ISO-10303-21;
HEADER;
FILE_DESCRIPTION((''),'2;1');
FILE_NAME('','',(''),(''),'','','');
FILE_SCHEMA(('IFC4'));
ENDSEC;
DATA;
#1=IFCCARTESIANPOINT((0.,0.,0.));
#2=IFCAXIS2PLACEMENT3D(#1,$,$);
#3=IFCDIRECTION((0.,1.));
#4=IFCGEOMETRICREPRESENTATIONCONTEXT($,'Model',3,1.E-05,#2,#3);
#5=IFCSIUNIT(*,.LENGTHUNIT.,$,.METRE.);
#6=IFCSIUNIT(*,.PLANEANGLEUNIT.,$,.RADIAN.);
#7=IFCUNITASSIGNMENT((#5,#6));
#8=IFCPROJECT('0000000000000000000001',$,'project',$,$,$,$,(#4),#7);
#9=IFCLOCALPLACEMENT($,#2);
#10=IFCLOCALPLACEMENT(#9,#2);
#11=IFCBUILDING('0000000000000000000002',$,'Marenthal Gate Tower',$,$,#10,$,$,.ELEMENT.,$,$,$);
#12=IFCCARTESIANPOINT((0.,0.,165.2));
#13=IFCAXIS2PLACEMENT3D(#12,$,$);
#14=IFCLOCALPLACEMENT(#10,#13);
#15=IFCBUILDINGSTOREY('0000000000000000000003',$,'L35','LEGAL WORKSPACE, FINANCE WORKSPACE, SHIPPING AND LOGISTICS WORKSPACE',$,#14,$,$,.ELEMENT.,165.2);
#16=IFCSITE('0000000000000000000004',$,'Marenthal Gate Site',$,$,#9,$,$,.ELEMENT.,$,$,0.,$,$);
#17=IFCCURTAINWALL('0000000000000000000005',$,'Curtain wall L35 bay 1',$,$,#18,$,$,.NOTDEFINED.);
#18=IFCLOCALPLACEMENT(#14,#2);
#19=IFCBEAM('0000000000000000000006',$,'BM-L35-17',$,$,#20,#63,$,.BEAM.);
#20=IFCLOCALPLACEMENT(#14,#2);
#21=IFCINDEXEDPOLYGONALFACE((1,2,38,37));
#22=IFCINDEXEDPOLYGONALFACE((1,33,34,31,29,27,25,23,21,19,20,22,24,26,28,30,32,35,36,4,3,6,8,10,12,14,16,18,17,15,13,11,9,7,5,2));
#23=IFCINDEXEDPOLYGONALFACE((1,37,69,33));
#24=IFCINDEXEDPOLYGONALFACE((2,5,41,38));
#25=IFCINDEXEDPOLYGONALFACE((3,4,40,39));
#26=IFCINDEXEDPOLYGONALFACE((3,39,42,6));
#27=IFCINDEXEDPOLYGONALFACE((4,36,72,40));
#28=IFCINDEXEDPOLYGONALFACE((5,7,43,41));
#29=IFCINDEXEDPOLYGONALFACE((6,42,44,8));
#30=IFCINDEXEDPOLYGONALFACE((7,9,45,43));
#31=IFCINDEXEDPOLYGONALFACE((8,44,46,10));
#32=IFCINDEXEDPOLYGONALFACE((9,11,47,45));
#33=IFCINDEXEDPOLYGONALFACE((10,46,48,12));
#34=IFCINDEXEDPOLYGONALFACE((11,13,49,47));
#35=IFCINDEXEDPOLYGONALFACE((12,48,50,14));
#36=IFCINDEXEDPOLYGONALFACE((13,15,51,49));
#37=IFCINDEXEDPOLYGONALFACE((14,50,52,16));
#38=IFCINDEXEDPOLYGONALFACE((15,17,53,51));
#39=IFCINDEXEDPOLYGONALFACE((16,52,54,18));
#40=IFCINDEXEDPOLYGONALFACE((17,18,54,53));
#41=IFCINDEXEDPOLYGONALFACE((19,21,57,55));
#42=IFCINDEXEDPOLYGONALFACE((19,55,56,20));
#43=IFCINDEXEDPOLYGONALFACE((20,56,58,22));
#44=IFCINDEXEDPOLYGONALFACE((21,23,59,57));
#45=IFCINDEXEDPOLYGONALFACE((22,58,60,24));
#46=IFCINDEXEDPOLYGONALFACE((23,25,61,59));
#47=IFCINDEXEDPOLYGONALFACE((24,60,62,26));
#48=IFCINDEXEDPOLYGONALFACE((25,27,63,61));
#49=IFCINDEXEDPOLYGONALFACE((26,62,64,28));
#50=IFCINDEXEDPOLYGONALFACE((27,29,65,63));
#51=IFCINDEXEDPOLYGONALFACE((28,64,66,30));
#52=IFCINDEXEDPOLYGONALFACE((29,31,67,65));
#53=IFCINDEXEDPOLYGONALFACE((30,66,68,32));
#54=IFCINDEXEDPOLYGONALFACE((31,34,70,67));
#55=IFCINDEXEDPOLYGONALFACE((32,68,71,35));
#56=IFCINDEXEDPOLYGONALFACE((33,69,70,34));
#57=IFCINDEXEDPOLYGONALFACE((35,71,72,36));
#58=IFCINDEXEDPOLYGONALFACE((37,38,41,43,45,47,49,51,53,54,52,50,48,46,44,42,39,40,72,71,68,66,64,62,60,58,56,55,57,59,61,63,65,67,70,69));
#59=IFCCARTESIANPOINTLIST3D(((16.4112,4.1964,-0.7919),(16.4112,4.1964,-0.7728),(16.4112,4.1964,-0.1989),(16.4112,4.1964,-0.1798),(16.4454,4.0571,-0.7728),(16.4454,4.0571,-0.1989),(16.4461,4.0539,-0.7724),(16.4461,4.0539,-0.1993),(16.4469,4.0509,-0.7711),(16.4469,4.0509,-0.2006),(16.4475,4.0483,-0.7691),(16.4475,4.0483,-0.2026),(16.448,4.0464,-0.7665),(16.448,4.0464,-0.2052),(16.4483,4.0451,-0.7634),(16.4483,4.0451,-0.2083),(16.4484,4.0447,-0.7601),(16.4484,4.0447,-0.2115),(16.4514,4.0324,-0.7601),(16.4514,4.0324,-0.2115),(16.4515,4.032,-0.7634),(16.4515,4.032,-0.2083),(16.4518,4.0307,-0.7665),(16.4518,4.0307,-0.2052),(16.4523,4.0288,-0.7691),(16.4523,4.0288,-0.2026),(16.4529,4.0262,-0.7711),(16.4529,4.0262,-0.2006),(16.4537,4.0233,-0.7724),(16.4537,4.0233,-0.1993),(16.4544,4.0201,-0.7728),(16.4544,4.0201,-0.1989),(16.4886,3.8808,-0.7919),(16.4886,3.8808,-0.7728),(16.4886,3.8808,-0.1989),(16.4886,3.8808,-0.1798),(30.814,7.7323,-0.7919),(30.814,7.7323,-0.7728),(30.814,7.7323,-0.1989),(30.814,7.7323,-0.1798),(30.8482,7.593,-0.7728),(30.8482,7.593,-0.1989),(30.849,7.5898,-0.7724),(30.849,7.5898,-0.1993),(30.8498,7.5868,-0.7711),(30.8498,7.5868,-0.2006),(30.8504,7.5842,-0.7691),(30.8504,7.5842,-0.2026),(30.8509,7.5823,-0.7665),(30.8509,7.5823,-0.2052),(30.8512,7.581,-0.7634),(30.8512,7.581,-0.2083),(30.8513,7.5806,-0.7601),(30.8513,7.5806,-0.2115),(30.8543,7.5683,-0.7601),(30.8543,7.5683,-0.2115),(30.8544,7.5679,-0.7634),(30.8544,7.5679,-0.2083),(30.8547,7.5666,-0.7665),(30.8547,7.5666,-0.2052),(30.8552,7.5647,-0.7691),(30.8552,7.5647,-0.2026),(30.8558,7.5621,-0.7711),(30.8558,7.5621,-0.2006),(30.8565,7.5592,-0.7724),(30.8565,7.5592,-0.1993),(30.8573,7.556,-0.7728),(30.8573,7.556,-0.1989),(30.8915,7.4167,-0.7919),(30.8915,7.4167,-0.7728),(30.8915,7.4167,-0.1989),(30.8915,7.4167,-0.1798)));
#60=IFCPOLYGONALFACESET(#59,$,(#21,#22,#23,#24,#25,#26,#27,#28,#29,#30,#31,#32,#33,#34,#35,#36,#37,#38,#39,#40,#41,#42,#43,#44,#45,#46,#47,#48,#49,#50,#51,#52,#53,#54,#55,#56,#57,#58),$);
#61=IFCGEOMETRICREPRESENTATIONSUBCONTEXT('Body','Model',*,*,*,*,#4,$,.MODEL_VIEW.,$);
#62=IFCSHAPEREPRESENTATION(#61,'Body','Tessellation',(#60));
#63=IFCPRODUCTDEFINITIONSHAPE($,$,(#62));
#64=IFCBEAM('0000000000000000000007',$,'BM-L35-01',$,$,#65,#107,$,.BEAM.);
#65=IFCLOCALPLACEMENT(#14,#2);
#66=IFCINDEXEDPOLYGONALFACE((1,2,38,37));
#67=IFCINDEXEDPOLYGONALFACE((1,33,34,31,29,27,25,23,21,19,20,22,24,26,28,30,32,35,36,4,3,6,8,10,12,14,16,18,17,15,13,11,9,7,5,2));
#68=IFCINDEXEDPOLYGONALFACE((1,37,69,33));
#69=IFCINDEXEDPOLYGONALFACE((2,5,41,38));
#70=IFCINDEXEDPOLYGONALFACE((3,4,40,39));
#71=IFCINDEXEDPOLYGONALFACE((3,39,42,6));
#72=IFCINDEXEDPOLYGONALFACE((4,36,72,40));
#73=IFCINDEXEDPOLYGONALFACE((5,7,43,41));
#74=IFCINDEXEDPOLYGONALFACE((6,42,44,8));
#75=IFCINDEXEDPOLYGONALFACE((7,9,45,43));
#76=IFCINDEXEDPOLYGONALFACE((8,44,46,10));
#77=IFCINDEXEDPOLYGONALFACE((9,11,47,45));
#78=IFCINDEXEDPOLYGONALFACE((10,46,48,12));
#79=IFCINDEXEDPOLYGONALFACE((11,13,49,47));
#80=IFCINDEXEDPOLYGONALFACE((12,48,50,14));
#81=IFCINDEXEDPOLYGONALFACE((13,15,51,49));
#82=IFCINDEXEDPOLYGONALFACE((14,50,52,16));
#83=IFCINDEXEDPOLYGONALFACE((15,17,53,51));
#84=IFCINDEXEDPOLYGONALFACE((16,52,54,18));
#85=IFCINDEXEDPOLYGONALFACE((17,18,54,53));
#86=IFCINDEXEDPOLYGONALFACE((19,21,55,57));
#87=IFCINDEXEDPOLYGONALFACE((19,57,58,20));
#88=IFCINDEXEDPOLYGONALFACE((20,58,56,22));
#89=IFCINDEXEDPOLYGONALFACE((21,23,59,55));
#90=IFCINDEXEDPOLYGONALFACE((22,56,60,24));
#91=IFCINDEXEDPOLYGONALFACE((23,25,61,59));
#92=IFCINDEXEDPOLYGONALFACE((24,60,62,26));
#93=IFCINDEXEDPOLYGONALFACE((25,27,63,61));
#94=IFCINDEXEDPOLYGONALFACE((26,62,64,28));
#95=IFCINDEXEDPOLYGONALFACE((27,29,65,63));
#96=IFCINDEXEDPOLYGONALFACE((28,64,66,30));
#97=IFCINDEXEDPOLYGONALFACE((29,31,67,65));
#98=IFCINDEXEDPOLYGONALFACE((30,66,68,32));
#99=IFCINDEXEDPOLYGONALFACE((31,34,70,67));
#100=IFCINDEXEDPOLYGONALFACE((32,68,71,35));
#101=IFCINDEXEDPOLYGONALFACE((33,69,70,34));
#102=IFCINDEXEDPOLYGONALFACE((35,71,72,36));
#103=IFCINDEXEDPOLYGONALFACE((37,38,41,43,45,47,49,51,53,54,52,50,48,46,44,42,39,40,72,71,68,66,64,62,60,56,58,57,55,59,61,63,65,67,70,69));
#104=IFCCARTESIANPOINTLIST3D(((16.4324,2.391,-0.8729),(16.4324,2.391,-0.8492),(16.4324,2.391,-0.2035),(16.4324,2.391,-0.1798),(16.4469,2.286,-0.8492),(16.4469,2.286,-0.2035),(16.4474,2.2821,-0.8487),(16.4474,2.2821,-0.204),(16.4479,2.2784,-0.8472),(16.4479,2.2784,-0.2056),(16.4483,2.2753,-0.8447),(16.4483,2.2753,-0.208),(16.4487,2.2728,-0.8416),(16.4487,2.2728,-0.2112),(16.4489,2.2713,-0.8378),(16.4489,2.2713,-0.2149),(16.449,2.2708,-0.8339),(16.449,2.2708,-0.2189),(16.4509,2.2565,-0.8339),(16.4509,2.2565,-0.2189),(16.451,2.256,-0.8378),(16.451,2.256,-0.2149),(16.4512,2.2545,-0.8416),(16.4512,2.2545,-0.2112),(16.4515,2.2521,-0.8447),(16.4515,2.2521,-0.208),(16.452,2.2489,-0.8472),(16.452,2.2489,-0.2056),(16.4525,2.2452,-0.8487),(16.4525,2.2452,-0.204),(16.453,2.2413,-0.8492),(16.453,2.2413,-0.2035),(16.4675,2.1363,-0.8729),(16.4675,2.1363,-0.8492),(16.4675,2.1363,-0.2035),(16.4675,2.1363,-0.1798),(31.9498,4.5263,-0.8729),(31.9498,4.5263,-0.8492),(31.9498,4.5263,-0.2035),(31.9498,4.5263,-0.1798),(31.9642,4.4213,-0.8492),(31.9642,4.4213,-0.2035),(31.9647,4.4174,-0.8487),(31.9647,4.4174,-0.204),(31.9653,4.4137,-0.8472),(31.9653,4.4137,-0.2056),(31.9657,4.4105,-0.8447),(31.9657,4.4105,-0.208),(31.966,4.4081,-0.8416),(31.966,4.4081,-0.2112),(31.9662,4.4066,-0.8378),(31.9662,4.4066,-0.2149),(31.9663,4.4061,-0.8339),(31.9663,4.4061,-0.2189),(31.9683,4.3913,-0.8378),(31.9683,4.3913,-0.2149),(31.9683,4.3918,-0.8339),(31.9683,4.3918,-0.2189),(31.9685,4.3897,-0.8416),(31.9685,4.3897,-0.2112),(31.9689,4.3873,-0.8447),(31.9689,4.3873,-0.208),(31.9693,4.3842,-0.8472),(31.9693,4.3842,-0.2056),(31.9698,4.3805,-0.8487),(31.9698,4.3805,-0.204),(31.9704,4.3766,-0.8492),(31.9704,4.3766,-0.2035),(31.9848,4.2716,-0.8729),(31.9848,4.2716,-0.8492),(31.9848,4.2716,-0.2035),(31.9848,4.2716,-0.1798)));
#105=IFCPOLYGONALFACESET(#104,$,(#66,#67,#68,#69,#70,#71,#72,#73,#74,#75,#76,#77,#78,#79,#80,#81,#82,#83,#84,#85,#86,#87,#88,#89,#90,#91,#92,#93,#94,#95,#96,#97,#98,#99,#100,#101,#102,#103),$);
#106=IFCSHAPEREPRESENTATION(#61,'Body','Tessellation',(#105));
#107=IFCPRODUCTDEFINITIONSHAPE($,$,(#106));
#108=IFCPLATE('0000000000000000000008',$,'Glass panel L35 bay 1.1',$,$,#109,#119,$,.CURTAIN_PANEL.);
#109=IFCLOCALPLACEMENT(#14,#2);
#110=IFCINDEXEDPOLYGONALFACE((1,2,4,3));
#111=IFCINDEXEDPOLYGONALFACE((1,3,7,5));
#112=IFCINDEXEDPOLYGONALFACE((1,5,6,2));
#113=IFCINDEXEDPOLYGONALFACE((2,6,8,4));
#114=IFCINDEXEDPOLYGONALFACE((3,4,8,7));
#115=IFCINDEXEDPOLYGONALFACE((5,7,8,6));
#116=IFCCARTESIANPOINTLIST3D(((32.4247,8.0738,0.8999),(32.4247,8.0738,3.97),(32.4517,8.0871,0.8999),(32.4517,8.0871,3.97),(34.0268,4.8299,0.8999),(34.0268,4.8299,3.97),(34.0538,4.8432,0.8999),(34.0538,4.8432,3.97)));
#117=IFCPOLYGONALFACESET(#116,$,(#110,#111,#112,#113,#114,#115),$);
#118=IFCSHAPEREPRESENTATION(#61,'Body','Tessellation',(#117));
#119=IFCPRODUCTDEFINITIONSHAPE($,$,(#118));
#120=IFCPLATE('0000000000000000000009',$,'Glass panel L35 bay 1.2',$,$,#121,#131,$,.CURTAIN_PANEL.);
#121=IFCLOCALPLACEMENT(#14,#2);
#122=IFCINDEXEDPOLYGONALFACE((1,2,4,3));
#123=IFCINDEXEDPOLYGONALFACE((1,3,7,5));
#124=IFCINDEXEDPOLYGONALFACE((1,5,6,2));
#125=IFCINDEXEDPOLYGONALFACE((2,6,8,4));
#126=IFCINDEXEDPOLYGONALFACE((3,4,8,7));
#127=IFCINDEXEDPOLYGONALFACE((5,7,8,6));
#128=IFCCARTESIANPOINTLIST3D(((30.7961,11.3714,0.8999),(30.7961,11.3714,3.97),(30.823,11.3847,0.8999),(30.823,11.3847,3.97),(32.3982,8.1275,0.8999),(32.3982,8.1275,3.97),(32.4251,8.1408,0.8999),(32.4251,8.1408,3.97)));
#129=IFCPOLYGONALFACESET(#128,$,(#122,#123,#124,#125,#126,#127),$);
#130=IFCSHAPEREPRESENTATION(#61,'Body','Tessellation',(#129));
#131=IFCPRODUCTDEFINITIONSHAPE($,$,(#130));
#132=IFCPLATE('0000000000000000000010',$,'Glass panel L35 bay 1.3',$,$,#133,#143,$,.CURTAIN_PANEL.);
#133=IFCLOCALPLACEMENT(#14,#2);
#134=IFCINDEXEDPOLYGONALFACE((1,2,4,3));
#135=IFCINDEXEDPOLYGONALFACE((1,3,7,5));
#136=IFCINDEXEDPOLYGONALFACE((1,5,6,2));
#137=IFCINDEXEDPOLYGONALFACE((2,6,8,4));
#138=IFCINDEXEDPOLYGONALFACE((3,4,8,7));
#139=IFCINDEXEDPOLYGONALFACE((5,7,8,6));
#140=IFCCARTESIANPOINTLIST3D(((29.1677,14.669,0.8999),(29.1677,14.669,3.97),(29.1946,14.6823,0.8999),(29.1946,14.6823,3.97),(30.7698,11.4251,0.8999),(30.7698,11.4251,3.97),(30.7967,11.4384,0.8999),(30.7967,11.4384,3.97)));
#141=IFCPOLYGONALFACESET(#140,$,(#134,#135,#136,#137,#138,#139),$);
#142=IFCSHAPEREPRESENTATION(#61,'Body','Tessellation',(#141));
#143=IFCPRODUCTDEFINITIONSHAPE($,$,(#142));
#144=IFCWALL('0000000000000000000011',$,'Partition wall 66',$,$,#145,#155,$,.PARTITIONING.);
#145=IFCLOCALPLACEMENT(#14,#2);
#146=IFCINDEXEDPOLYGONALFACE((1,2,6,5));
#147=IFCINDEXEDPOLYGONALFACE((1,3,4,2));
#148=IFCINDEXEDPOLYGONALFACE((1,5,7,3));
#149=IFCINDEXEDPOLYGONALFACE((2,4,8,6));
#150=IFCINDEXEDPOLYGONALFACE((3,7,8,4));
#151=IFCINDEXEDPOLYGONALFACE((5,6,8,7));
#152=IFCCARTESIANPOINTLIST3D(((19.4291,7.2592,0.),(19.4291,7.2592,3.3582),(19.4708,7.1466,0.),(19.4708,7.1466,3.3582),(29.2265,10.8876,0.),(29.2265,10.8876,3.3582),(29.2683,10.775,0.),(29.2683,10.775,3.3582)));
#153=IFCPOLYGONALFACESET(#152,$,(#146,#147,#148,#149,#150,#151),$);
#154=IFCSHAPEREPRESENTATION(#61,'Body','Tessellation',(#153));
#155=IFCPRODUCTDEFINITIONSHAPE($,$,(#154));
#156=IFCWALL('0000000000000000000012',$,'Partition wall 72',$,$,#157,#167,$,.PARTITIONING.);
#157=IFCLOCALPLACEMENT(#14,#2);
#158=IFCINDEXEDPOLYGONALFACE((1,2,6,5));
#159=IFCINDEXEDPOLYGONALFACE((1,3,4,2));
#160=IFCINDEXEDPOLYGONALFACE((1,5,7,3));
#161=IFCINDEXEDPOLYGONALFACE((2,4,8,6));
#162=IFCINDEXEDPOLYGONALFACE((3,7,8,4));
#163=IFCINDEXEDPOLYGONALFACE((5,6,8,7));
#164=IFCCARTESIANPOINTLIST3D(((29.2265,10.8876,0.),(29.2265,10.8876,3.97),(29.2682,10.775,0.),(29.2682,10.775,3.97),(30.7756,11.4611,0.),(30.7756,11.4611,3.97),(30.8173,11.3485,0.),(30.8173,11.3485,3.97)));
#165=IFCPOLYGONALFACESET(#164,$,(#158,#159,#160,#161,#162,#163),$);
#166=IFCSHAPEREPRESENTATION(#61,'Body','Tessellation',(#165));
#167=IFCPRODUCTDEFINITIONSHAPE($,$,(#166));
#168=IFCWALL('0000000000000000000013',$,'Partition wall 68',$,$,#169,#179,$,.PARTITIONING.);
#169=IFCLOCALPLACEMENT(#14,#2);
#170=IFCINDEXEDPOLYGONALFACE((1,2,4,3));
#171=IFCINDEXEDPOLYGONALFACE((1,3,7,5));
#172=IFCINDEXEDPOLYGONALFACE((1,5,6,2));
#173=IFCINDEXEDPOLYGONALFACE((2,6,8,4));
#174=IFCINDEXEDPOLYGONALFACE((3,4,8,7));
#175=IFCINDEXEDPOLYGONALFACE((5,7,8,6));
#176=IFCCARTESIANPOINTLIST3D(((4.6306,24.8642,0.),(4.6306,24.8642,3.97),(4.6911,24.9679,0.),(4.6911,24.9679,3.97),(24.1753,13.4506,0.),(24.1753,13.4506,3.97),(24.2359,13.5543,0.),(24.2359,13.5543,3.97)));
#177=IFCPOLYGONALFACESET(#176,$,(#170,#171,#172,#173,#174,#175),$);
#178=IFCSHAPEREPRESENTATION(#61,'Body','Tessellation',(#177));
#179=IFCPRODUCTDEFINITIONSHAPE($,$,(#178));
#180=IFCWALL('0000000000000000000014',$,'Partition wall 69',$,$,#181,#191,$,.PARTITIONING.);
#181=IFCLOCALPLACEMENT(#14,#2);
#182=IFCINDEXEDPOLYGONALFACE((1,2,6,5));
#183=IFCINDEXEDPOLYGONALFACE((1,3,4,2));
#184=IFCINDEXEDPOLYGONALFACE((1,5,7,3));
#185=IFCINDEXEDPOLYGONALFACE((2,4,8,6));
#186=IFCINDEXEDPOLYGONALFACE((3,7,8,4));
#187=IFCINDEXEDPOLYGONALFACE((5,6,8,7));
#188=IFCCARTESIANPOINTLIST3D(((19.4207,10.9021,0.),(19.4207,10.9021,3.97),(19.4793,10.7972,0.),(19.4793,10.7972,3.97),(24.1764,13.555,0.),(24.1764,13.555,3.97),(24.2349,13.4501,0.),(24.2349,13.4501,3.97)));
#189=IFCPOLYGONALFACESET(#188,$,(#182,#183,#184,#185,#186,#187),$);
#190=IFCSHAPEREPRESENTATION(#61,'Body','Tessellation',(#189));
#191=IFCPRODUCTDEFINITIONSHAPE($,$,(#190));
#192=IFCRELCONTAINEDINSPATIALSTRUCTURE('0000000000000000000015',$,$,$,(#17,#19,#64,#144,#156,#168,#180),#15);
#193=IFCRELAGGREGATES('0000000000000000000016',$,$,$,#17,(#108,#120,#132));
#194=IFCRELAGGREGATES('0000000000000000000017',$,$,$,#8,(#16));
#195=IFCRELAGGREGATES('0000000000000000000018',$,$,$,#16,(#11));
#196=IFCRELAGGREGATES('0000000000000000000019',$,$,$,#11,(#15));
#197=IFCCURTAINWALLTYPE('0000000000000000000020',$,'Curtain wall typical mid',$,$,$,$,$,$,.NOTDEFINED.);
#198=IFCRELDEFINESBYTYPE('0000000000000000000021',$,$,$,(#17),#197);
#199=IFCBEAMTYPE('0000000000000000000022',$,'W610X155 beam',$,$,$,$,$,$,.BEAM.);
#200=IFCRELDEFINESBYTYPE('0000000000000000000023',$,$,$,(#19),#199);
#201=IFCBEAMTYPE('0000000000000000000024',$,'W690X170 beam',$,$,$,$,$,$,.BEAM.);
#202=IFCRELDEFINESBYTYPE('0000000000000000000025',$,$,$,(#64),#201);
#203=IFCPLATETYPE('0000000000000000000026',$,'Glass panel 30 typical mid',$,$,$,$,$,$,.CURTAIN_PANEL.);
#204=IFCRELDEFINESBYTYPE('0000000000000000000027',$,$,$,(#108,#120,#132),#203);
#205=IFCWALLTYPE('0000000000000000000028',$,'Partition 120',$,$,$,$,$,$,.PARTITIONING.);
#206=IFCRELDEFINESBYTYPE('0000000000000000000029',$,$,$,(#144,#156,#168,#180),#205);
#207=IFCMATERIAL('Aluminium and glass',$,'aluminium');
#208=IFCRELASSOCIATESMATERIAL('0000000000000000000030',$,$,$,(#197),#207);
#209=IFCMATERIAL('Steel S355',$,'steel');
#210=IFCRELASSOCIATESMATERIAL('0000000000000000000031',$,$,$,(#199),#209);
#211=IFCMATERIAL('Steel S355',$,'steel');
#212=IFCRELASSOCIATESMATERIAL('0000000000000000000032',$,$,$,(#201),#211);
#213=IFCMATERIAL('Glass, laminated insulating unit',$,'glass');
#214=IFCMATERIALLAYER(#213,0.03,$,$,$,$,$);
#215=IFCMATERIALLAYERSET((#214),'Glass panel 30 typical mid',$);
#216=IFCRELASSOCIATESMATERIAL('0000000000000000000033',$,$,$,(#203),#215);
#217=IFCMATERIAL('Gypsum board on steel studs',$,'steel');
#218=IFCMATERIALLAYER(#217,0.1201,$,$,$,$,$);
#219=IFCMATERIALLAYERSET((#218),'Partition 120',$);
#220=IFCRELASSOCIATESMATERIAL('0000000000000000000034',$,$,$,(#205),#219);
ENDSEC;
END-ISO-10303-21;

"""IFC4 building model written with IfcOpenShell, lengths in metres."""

from ifc_helpers import new_model, si_unit, direction, frame, frame_2d, origin, origin_2d, place, context, subcontext, project, spatial, rectangle, i_section, extrude, material, layer, layer_set, material_profile, profile_set, type_object, element, aggregate, save


model = new_model("IFC4")

# Units and contexts
model_context = context("Model", 3, precision=1e-05, world=origin(), true_north=direction((0.0, 1.0)))
body_context = subcontext(model_context, "Body", "Model", "MODEL_VIEW")
ifc_project = project(units=[si_unit("LENGTHUNIT", "METRE"), si_unit("PLANEANGLEUNIT", "RADIAN")], contexts=[model_context])

# Site, building, storey
site_placement = place(None, origin())
site = spatial("IfcSite", under=ifc_project, at=site_placement, Name="Marenthal Gate Site", CompositionType="ELEMENT", RefElevation=0.0)
building_placement = place(site_placement, origin())
building = spatial("IfcBuilding", under=site, at=building_placement, Name="Marenthal Gate Tower", CompositionType="ELEMENT")
storey_placement = place(building_placement, frame((0.0, 0.0, 165.2)))
storey = spatial("IfcBuildingStorey", under=building, at=storey_placement, Name="L35", Description="LEGAL WORKSPACE, FINANCE WORKSPACE, SHIPPING AND LOGISTICS WORKSPACE", CompositionType="ELEMENT", Elevation=165.2)

# Curtain wall
ifc_material_1 = material(Name="Aluminium and glass", Category="aluminium")
curtain_wall_type = type_object("IfcCurtainWallType", Name="Curtain wall typical mid", PredefinedType="NOTDEFINED", material=ifc_material_1)
curtain_wall_placement = place(storey_placement, origin())
curtain_wall = element("IfcCurtainWall", 1, at=curtain_wall_placement, inside=storey, type_object=curtain_wall_type, Name="Curtain wall L35 bay 1", PredefinedType="NOTDEFINED")

# Beams
ifc_material_2 = material(Name="Steel S355", Category="steel")
ifc_material_profile_1 = material_profile(ifc_material_2, i_section(OverallWidth=0.325, OverallDepth=0.6121, WebThickness=0.0127, FlangeThickness=0.019, FilletRadius=0.0127, at=origin_2d()), Name="W610X155")
ifc_profile_set_1 = profile_set([ifc_material_profile_1], Name="Steel S355")
beam_type_1 = type_object("IfcBeamType", Name="W610X155 beam", PredefinedType="BEAM", material=ifc_profile_set_1)
beam_1_placement = place(storey_placement, frame((30.8528, 7.5745, -0.4858), z_axis=(-0.971162, -0.23842, 0.0), x_axis=(0.23842, -0.971162, 0.0)))
element("IfcBeam", 2, at=beam_1_placement, inside=storey, type_object=beam_type_1, Name="BM-L35-17", PredefinedType="BEAM", context=body_context, shape_type="SweptSolid", body=[
    extrude(i_section(OverallWidth=0.325, OverallDepth=0.6121, WebThickness=0.0127, FlangeThickness=0.019, FilletRadius=0.0127, at=origin_2d()), origin(), (0.0, 0.0, 1.0), 14.8306),
])
ifc_material_3 = material(Name="Steel S355", Category="steel")
ifc_material_profile_2 = material_profile(ifc_material_3, i_section(OverallWidth=0.2571, OverallDepth=0.6931, WebThickness=0.0144, FlangeThickness=0.0237, FilletRadius=0.0154, at=origin_2d()), Name="W690X170")
ifc_profile_set_2 = profile_set([ifc_material_profile_2], Name="Steel S355")
beam_type_2 = type_object("IfcBeamType", Name="W690X170 beam", PredefinedType="BEAM", material=ifc_profile_set_2)
beam_2_placement = place(storey_placement, frame((31.9673, 4.3989, -0.5264), z_axis=(-0.990665, -0.13632, 0.0), x_axis=(0.13632, -0.990665, 0.0)))
element("IfcBeam", 3, at=beam_2_placement, inside=storey, type_object=beam_type_2, Name="BM-L35-01", PredefinedType="BEAM", context=body_context, shape_type="SweptSolid", body=[
    extrude(i_section(OverallWidth=0.2571, OverallDepth=0.6931, WebThickness=0.0144, FlangeThickness=0.0237, FilletRadius=0.0154, at=origin_2d()), origin(), (0.0, 0.0, 1.0), 15.6636),
])

# Plates
ifc_material_4 = material(Name="Glass, laminated insulating unit", Category="glass")
ifc_layer_1 = layer(ifc_material_4, 0.03)
ifc_layer_set_1 = layer_set([ifc_layer_1], Name="Glass panel 30 typical mid")
plate_type = type_object("IfcPlateType", Name="Glass panel 30 typical mid", PredefinedType="CURTAIN_PANEL", material=ifc_layer_set_1)
plate_1_placement = place(storey_placement, frame((33.2393, 6.4585, 0.8999), z_axis=(0.0, 0.0, 1.0), x_axis=(-0.442824, 0.896609, 0.0)))
plate_1 = element("IfcPlate", 4, at=plate_1_placement, type_object=plate_type, Name="Glass panel L35 bay 1.1", PredefinedType="CURTAIN_PANEL", context=body_context, shape_type="SweptSolid", body=[
    extrude(rectangle(XDim=3.6179, YDim=0.03, at=origin_2d()), origin(), (0.0, 0.0, 1.0), 3.0701),
])
plate_2_placement = place(storey_placement, frame((31.6106, 9.7561, 0.8999), z_axis=(0.0, 0.0, 1.0), x_axis=(-0.442824, 0.896609, 0.0)))
plate_2 = element("IfcPlate", 5, at=plate_2_placement, type_object=plate_type, Name="Glass panel L35 bay 1.2", PredefinedType="CURTAIN_PANEL", context=body_context, shape_type="SweptSolid", body=[
    extrude(rectangle(XDim=3.6179, YDim=0.03, at=origin_2d()), origin(), (0.0, 0.0, 1.0), 3.0701),
])
plate_3_placement = place(storey_placement, frame((29.9822, 13.0537, 0.8999), z_axis=(0.0, 0.0, 1.0), x_axis=(-0.442824, 0.896609, 0.0)))
plate_3 = element("IfcPlate", 6, at=plate_3_placement, type_object=plate_type, Name="Glass panel L35 bay 1.3", PredefinedType="CURTAIN_PANEL", context=body_context, shape_type="SweptSolid", body=[
    extrude(rectangle(XDim=3.6179, YDim=0.03, at=origin_2d()), origin(), (0.0, 0.0, 1.0), 3.0701),
])
aggregate(curtain_wall, [plate_1, plate_2, plate_3])

# Walls
ifc_material_5 = material(Name="Gypsum board on steel studs", Category="steel")
ifc_layer_2 = layer(ifc_material_5, 0.1201)
ifc_layer_set_2 = layer_set([ifc_layer_2], Name="Partition 120")
wall_type = type_object("IfcWallType", Name="Partition 120", PredefinedType="PARTITIONING", material=ifc_layer_set_2)
wall_1_placement = place(storey_placement, frame((19.45, 7.2029, 0.0), z_axis=(0.0, 0.0, 1.0), x_axis=(0.937756, 0.347295, 0.0)))
element("IfcWall", 7, at=wall_1_placement, inside=storey, type_object=wall_type, Name="Partition wall 66", PredefinedType="PARTITIONING", context=body_context, shape_type="SweptSolid", body=[
    extrude(rectangle(XDim=10.4478, YDim=0.1201, at=frame_2d((5.2239, 0.0))), origin(), (0.0, 0.0, 1.0), 3.3582),
])
wall_2_placement = place(storey_placement, frame((29.2473, 10.8313, 0.0), z_axis=(0.0, 0.0, 1.0), x_axis=(0.937797, 0.347184, 0.0)))
element("IfcWall", 8, at=wall_2_placement, inside=storey, type_object=wall_type, Name="Partition wall 72", PredefinedType="PARTITIONING", context=body_context, shape_type="SweptSolid", body=[
    extrude(rectangle(XDim=1.6519, YDim=0.1201, at=frame_2d((0.8259, 0.0))), origin(), (0.0, 0.0, 1.0), 3.97),
])
wall_3_placement = place(storey_placement, frame((24.2056, 13.5024, 0.0), z_axis=(0.0, 0.0, 1.0), x_axis=(-0.863538, 0.504283, 0.0)))
element("IfcWall", 9, at=wall_3_placement, inside=storey, type_object=wall_type, Name="Partition wall 68", PredefinedType="PARTITIONING", context=body_context, shape_type="SweptSolid", body=[
    extrude(rectangle(XDim=22.6333, YDim=0.1201, at=frame_2d((11.3167, 0.0))), origin(), (0.0, 0.0, 1.0), 3.97),
])
wall_4_placement = place(storey_placement, frame((24.2056, 13.5024, 0.0), z_axis=(0.0, 0.0, 1.0), x_axis=(-0.873312, -0.487161, 0.0)))
element("IfcWall", 10, at=wall_4_placement, inside=storey, type_object=wall_type, Name="Partition wall 69", PredefinedType="PARTITIONING", context=body_context, shape_type="SweptSolid", body=[
    extrude(rectangle(XDim=5.4456, YDim=0.1201, at=frame_2d((2.7227, 0.0))), origin(), (0.0, 0.0, 1.0), 3.97),
])

save(model, "model.ifc")
